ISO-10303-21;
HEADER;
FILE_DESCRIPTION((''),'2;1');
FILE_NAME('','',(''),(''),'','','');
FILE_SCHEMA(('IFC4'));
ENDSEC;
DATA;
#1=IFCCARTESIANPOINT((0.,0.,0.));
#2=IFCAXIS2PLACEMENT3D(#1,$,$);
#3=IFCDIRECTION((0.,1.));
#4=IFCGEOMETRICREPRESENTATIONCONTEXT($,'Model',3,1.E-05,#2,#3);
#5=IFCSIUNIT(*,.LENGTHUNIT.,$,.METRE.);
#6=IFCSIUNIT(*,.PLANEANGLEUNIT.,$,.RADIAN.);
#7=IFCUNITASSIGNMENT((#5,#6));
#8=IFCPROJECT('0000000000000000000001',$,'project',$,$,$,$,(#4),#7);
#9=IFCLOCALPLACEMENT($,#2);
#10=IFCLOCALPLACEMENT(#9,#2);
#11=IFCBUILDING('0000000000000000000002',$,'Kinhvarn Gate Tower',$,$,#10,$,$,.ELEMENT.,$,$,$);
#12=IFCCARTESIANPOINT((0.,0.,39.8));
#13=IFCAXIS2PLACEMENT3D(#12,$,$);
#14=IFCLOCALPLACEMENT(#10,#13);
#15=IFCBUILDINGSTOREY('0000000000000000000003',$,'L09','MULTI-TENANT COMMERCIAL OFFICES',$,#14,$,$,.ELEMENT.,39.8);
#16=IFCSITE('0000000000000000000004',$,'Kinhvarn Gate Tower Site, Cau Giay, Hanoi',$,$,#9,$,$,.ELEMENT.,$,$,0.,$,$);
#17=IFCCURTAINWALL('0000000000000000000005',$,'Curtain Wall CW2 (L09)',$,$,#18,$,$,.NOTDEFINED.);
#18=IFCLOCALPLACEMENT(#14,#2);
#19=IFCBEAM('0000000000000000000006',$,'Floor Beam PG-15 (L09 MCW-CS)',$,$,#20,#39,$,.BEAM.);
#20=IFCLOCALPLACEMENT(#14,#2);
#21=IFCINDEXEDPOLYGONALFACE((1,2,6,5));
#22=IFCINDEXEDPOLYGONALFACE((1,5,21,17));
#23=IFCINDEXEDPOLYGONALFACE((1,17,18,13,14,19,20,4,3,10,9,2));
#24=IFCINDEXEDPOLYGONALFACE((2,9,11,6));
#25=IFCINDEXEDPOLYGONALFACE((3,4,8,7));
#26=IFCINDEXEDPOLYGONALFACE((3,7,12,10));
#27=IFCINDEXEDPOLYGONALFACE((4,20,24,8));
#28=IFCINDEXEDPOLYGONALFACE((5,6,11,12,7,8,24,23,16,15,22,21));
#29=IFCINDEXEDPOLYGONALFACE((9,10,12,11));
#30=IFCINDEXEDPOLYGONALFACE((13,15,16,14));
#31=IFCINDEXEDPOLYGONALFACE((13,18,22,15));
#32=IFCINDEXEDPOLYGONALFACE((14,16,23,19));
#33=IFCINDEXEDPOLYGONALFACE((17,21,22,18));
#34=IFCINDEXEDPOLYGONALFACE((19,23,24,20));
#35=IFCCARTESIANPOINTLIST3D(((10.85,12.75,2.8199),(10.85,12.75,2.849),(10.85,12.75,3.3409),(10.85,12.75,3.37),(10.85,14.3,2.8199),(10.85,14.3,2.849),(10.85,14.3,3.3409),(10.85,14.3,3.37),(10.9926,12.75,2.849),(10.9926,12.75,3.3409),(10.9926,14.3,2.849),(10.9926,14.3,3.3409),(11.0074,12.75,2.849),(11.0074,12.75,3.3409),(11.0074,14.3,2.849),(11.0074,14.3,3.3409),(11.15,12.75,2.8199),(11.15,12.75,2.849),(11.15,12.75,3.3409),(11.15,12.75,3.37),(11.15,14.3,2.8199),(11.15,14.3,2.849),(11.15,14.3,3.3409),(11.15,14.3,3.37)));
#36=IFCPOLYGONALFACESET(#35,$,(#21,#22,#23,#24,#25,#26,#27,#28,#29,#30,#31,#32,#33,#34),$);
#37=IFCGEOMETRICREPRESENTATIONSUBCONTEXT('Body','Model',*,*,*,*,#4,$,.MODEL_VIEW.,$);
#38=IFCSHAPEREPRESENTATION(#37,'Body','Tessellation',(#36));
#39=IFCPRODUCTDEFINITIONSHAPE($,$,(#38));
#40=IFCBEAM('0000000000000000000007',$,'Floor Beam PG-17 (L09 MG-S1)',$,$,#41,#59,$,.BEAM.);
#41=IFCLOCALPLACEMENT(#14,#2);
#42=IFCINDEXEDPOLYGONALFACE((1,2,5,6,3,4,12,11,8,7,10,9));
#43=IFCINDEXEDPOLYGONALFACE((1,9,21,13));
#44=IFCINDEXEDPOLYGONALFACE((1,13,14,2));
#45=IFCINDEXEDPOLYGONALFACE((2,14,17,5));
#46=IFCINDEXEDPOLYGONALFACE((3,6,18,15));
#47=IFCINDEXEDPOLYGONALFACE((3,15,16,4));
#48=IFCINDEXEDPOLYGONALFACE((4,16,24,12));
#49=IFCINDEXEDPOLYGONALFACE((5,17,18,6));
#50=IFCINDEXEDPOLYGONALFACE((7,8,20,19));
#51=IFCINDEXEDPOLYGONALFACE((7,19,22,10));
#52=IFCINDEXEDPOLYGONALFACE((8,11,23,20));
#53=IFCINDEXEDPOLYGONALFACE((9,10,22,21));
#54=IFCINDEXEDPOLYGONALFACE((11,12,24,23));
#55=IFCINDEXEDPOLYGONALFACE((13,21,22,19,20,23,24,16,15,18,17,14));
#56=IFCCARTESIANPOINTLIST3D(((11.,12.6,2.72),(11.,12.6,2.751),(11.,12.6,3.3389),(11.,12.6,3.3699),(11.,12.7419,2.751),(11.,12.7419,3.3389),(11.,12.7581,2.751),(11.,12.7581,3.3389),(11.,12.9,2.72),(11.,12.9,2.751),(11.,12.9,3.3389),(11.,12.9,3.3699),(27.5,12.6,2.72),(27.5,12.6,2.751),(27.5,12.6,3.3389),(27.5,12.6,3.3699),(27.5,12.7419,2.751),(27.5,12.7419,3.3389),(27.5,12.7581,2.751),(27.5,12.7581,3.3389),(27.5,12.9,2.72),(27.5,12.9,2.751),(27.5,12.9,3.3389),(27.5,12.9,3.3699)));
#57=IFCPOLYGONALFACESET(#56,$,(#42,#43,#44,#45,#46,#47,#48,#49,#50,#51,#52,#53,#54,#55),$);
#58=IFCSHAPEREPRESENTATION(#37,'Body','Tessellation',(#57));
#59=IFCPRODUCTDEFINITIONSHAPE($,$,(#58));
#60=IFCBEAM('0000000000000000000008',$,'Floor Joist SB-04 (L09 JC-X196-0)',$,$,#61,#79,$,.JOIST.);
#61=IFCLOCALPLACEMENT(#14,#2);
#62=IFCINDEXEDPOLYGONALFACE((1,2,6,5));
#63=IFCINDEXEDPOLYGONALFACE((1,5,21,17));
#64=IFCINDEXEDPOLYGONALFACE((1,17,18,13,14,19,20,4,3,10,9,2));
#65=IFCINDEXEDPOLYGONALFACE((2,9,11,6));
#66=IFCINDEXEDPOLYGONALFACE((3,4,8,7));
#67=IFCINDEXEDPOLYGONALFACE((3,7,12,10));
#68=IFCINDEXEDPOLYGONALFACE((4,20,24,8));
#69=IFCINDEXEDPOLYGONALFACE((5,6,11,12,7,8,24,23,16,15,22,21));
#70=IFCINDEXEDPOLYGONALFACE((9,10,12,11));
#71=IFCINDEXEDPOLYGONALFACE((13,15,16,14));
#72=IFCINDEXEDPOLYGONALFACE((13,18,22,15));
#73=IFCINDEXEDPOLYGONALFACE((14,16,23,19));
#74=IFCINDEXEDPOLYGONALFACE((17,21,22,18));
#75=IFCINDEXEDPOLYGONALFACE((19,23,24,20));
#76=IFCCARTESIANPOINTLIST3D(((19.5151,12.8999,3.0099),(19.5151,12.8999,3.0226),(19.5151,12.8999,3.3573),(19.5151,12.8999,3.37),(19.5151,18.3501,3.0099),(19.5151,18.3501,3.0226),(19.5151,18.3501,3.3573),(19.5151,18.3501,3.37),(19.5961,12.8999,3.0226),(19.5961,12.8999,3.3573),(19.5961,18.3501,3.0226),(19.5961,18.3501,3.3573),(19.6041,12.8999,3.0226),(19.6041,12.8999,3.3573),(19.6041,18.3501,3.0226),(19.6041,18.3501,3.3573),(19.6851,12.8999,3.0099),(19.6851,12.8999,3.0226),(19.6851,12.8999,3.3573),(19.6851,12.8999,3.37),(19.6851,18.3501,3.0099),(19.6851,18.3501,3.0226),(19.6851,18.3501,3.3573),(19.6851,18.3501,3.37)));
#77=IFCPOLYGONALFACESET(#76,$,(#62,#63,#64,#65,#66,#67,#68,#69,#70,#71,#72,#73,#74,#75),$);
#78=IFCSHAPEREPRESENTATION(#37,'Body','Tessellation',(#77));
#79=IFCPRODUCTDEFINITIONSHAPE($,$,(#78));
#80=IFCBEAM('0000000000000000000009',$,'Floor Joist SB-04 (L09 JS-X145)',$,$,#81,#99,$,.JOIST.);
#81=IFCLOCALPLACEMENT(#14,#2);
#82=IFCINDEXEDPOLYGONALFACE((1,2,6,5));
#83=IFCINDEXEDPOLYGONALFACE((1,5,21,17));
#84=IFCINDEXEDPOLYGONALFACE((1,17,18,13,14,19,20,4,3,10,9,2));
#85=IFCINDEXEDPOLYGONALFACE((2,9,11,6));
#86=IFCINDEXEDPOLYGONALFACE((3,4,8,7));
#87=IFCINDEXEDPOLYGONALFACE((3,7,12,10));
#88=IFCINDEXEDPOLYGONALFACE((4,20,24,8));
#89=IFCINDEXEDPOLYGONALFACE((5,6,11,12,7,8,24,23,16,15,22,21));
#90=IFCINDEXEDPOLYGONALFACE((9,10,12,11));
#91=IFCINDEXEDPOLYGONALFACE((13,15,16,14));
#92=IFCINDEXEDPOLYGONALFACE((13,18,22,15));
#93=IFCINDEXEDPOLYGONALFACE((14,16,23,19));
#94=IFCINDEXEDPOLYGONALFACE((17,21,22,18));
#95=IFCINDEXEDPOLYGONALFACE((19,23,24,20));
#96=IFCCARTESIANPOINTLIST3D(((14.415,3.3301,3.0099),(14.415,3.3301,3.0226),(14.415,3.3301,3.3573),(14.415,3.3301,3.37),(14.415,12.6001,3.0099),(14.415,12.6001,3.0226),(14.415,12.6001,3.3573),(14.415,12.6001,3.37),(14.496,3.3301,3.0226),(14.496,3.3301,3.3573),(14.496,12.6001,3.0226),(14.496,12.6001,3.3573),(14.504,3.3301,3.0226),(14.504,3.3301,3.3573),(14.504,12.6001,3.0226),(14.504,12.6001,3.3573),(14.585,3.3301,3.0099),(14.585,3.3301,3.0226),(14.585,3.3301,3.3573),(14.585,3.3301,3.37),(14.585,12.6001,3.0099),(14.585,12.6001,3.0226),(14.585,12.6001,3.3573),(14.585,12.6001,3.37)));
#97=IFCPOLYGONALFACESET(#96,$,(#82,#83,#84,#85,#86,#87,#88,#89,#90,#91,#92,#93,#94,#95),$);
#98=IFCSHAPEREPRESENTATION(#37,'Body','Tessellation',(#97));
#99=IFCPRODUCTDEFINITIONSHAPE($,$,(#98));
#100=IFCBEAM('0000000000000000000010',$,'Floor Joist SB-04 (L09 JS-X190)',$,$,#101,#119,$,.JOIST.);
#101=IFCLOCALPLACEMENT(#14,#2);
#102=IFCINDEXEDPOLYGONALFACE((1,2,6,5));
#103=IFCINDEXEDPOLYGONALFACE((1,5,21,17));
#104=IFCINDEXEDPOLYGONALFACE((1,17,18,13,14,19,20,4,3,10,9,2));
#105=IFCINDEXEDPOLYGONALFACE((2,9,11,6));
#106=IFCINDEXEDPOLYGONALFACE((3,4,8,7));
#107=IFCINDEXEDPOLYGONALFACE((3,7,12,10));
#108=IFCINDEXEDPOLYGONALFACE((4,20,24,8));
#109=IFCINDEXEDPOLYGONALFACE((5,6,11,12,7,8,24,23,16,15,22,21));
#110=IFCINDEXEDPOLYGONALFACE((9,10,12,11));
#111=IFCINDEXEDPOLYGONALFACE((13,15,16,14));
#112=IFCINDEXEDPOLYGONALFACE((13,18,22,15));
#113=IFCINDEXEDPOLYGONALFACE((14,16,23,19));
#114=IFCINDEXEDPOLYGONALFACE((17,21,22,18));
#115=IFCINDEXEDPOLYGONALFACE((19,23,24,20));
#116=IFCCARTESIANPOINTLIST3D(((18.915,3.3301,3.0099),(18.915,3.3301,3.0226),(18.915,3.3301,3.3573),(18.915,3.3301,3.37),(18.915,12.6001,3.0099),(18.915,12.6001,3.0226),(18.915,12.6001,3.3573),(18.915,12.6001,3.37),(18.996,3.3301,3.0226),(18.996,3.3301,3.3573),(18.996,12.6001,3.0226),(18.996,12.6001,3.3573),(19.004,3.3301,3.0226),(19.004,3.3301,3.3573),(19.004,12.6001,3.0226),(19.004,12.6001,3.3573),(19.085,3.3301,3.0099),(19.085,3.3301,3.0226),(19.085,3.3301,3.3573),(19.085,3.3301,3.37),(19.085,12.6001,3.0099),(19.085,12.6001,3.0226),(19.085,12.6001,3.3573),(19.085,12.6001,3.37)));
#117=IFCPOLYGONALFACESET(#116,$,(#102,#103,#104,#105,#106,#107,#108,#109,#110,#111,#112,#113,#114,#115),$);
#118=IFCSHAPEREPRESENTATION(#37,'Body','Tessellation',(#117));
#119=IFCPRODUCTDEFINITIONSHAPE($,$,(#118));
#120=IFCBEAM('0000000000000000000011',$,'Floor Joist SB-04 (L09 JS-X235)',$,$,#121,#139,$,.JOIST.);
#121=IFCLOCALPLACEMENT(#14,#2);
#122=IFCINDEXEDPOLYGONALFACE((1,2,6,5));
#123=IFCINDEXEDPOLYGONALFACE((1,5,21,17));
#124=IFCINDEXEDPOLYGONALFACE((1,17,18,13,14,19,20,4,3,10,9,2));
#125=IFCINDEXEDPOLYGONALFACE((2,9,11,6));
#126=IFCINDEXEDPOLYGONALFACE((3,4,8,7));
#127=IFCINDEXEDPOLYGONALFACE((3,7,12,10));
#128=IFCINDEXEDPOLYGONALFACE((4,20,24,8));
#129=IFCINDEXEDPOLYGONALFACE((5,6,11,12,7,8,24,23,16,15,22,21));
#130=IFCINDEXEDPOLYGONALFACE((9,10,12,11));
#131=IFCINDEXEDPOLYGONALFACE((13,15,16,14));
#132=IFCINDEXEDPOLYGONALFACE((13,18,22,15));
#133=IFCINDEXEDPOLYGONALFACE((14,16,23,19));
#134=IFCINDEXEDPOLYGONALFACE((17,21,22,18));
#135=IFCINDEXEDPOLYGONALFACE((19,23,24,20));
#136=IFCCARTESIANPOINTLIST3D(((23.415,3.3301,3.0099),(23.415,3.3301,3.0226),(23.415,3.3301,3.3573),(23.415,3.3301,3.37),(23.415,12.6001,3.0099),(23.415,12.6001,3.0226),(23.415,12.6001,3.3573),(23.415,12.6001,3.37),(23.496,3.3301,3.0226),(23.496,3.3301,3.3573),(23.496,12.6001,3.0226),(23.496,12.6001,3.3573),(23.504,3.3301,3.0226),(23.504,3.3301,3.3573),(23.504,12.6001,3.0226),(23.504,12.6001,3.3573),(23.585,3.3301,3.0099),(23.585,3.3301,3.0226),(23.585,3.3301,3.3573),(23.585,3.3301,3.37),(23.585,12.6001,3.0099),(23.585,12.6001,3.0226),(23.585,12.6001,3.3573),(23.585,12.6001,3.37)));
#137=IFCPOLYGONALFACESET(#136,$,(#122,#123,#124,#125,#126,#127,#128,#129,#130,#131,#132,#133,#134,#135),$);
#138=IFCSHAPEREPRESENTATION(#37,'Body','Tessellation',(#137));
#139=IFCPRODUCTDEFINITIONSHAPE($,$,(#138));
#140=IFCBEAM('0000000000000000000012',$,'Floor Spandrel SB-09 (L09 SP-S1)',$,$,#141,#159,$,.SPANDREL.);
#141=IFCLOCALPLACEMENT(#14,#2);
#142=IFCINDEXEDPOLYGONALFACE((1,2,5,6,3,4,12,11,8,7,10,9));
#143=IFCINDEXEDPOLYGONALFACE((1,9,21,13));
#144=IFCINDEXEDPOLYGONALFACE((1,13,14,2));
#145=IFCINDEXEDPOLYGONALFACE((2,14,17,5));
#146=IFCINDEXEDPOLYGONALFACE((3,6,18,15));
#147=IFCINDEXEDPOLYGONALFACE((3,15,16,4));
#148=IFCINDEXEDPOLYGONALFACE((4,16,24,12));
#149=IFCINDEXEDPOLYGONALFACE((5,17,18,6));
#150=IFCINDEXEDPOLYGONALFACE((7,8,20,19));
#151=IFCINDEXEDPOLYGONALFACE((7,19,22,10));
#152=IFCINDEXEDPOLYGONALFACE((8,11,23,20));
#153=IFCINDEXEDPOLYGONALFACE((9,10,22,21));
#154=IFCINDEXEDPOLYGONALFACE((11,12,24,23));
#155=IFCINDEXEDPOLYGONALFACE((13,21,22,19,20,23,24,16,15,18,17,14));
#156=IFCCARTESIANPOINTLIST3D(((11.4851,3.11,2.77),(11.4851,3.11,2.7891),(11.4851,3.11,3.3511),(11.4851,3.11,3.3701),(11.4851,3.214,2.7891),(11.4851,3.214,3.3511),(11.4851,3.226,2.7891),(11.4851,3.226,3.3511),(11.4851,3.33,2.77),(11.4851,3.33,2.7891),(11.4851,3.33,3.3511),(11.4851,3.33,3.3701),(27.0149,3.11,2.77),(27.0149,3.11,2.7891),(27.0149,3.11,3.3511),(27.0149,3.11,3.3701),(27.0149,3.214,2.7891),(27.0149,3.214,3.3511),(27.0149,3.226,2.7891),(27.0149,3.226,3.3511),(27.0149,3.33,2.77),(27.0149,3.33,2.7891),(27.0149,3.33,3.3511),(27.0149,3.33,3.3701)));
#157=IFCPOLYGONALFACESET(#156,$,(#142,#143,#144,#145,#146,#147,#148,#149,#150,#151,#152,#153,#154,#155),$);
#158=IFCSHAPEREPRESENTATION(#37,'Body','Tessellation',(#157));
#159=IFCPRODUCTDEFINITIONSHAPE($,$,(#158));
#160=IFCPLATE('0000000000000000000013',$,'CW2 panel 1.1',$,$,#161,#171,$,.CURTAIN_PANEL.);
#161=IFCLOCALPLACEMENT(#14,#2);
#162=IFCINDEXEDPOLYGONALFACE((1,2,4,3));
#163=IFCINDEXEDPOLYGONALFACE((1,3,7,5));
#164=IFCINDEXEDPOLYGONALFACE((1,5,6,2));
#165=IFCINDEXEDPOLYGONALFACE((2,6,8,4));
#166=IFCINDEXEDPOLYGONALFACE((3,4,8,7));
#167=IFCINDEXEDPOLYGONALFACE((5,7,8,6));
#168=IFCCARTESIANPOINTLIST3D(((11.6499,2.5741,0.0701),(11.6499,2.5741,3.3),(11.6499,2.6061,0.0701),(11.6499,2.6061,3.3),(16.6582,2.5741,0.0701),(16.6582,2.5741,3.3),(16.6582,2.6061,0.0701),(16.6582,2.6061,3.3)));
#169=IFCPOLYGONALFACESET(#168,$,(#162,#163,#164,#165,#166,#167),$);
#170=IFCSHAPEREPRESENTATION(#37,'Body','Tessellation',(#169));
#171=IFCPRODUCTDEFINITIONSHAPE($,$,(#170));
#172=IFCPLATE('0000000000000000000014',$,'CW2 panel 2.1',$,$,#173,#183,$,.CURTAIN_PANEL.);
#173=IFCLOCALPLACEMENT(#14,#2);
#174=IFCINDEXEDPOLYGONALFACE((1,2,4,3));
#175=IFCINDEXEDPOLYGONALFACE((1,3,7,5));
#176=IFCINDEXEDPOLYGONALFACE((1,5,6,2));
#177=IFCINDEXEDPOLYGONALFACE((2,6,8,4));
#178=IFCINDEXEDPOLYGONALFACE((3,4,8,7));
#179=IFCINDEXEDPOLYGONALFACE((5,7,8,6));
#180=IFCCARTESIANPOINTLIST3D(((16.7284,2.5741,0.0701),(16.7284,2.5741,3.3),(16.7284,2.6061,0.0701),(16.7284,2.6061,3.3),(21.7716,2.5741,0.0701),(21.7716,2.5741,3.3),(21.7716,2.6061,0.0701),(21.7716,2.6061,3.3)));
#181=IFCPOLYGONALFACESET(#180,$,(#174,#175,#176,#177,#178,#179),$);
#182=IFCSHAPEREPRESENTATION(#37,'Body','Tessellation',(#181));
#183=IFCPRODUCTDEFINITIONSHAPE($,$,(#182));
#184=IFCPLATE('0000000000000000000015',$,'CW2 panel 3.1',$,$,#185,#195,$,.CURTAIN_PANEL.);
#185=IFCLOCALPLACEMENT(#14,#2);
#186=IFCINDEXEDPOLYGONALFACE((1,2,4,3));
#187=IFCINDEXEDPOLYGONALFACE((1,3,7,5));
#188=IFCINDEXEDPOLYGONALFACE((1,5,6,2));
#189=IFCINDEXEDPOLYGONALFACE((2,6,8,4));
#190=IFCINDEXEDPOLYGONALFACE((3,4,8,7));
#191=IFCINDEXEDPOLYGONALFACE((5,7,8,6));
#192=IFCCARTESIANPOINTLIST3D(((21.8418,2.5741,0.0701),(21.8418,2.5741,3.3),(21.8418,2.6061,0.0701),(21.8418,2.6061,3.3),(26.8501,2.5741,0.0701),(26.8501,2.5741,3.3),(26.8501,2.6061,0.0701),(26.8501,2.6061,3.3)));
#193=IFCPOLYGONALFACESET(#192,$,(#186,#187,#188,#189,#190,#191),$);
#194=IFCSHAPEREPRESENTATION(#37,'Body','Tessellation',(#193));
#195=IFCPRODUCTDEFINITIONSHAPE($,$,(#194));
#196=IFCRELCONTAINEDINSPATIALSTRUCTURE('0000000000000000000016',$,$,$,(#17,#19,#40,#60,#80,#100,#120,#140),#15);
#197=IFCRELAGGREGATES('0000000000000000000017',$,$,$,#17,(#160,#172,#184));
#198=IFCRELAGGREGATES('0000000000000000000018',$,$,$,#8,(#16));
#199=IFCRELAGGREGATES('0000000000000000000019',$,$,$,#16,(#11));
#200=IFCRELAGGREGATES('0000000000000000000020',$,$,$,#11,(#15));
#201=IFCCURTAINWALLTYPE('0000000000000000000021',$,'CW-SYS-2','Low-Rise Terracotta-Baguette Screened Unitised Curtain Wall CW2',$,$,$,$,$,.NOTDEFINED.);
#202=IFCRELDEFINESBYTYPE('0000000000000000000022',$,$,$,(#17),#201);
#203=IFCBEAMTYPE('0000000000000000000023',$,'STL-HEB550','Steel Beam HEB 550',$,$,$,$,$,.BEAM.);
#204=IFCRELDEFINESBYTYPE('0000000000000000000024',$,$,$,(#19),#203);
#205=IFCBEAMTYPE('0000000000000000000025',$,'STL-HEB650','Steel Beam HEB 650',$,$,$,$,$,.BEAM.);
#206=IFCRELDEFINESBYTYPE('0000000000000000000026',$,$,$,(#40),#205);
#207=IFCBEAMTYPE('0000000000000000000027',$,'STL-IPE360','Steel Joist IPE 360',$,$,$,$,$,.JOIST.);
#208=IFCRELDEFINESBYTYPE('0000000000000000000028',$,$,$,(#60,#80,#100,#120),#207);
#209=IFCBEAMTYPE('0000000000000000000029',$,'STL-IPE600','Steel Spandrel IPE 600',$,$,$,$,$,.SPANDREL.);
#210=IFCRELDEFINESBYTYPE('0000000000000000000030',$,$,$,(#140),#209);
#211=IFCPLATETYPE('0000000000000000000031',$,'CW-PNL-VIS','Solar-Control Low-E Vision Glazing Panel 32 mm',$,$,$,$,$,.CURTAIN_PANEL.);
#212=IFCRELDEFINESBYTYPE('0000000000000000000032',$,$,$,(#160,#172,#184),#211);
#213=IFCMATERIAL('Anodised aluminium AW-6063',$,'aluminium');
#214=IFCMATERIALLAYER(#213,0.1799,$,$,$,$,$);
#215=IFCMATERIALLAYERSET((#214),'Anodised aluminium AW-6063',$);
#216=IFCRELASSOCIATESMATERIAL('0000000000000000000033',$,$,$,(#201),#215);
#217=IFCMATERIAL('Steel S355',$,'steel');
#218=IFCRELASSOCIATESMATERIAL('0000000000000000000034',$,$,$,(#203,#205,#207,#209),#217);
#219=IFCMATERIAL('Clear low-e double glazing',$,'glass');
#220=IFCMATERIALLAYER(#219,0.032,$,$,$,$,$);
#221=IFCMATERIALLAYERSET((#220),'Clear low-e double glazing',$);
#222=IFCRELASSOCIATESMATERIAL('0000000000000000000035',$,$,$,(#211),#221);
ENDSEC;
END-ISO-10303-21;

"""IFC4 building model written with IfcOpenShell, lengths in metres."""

from ifc_helpers import new_model, si_unit, direction, frame, origin, origin_2d, place, context, subcontext, project, spatial, rectangle, i_section, extrude, material, layer, layer_set, material_profile, profile_set, type_object, element, aggregate, save


model = new_model("IFC4")

# Units and contexts
model_context = context("Model", 3, precision=1e-05, world=origin(), true_north=direction((0.0, 1.0)))
body_context = subcontext(model_context, "Body", "Model", "MODEL_VIEW")
ifc_project = project(units=[si_unit("LENGTHUNIT", "METRE"), si_unit("PLANEANGLEUNIT", "RADIAN")], contexts=[model_context])

# Site, building, storey
site_placement = place(None, origin())
site = spatial("IfcSite", under=ifc_project, at=site_placement, Name="Kinhvarn Gate Tower Site, Cau Giay, Hanoi", CompositionType="ELEMENT", RefElevation=0.0)
building_placement = place(site_placement, origin())
building = spatial("IfcBuilding", under=site, at=building_placement, Name="Kinhvarn Gate Tower", CompositionType="ELEMENT")
storey_placement = place(building_placement, frame((0.0, 0.0, 39.8)))
storey = spatial("IfcBuildingStorey", under=building, at=storey_placement, Name="L09", Description="MULTI-TENANT COMMERCIAL OFFICES", CompositionType="ELEMENT", Elevation=39.8)

# Shared definitions
ifc_material_1 = material(Name="Anodised aluminium AW-6063", Category="aluminium")
ifc_layer_1 = layer(ifc_material_1, 0.1799)
ifc_layer_set_1 = layer_set([ifc_layer_1], Name="Anodised aluminium AW-6063")
curtain_wall_type = type_object("IfcCurtainWallType", Name="CW-SYS-2", Description="Low-Rise Terracotta-Baguette Screened Unitised Curtain Wall CW2", PredefinedType="NOTDEFINED", material=ifc_layer_set_1)

# Curtain wall
curtain_wall_1_placement = place(storey_placement, origin())
curtain_wall_1 = element("IfcCurtainWall", 1, at=curtain_wall_1_placement, inside=storey, type_object=curtain_wall_type, Name="Curtain Wall CW2 (L09)", PredefinedType="NOTDEFINED")

# Beams
ifc_material_2 = material(Name="Steel S355", Category="steel")
ifc_material_profile_1 = material_profile(ifc_material_2, i_section(OverallWidth=0.3, OverallDepth=0.55, WebThickness=0.0149, FlangeThickness=0.0291, at=origin_2d()), Name="HEB 550")
ifc_profile_set_1 = profile_set([ifc_material_profile_1], Name="Steel S355")
beam_type_1 = type_object("IfcBeamType", Name="STL-HEB550", Description="Steel Beam HEB 550", PredefinedType="BEAM", material=ifc_profile_set_1)
beam_1_placement = place(storey_placement, frame((11.0, 12.75, 3.095), z_axis=(0.0, 1.0, 0.0), x_axis=(-1.0, 0.0, 0.0)))
element("IfcBeam", 2, at=beam_1_placement, inside=storey, type_object=beam_type_1, Name="Floor Beam PG-15 (L09 MCW-CS)", PredefinedType="BEAM", context=body_context, shape_type="SweptSolid", body=[
    extrude(i_section(OverallWidth=0.3, OverallDepth=0.55, WebThickness=0.0149, FlangeThickness=0.0291, at=origin_2d()), origin(), (0.0, 0.0, 1.0), 1.55),
])
ifc_material_profile_2 = material_profile(ifc_material_2, i_section(OverallWidth=0.3, OverallDepth=0.6499, WebThickness=0.0161, FlangeThickness=0.031, at=origin_2d()), Name="HEB 650")
ifc_profile_set_2 = profile_set([ifc_material_profile_2], Name="Steel S355")
beam_type_2 = type_object("IfcBeamType", Name="STL-HEB650", Description="Steel Beam HEB 650", PredefinedType="BEAM", material=ifc_profile_set_2)
beam_2_placement = place(storey_placement, frame((11.0, 12.75, 3.0449), z_axis=(1.0, 0.0, 0.0), x_axis=(0.0, 1.0, 0.0)))
element("IfcBeam", 3, at=beam_2_placement, inside=storey, type_object=beam_type_2, Name="Floor Beam PG-17 (L09 MG-S1)", PredefinedType="BEAM", context=body_context, shape_type="SweptSolid", body=[
    extrude(i_section(OverallWidth=0.3, OverallDepth=0.6499, WebThickness=0.0161, FlangeThickness=0.031, at=origin_2d()), origin(), (0.0, 0.0, 1.0), 16.5),
])
ifc_material_profile_3 = material_profile(ifc_material_2, i_section(OverallWidth=0.1699, OverallDepth=0.3601, WebThickness=0.0081, FlangeThickness=0.0127, at=origin_2d()), Name="IPE 360")
ifc_profile_set_3 = profile_set([ifc_material_profile_3], Name="Steel S355")
beam_type_3 = type_object("IfcBeamType", Name="STL-IPE360", Description="Steel Joist IPE 360", PredefinedType="JOIST", material=ifc_profile_set_3)
beam_3_placement = place(storey_placement, frame((19.6001, 12.8999, 3.1899), z_axis=(0.0, 1.0, 0.0), x_axis=(-1.0, 0.0, 0.0)))
element("IfcBeam", 4, at=beam_3_placement, inside=storey, type_object=beam_type_3, Name="Floor Joist SB-04 (L09 JC-X196-0)", PredefinedType="JOIST", context=body_context, shape_type="SweptSolid", body=[
    extrude(i_section(OverallWidth=0.1699, OverallDepth=0.3601, WebThickness=0.0081, FlangeThickness=0.0127, at=origin_2d()), origin(), (0.0, 0.0, 1.0), 5.4502),
])
for number, where, z_axis, x_axis, name in (
    (5, (14.5, 3.3301, 3.1899), (0.0, 1.0, 0.0), (-1.0, 0.0, 0.0), "Floor Joist SB-04 (L09 JS-X145)"),
    (6, (19.0, 3.3301, 3.1899), (0.0, 1.0, 0.0), (-1.0, 0.0, 0.0), "Floor Joist SB-04 (L09 JS-X190)"),
    (7, (23.5, 3.3301, 3.1899), (0.0, 1.0, 0.0), (-1.0, 0.0, 0.0), "Floor Joist SB-04 (L09 JS-X235)"),
):
    element("IfcBeam", number, at=place(storey_placement, frame(where, z_axis=z_axis, x_axis=x_axis)), inside=storey, type_object=beam_type_3, Name=name, PredefinedType="JOIST", context=body_context, shape_type="SweptSolid", body=[
        extrude(i_section(OverallWidth=0.1699, OverallDepth=0.3601, WebThickness=0.0081, FlangeThickness=0.0127, at=origin_2d()), origin(), (0.0, 0.0, 1.0), 9.27),
    ])
ifc_material_profile_4 = material_profile(ifc_material_2, i_section(OverallWidth=0.22, OverallDepth=0.6001, WebThickness=0.012, FlangeThickness=0.019, at=origin_2d()), Name="IPE 600")
ifc_profile_set_4 = profile_set([ifc_material_profile_4], Name="Steel S355")
beam_type_4 = type_object("IfcBeamType", Name="STL-IPE600", Description="Steel Spandrel IPE 600", PredefinedType="SPANDREL", material=ifc_profile_set_4)
beam_4_placement = place(storey_placement, frame((11.4851, 3.22, 3.0701), z_axis=(1.0, 0.0, 0.0), x_axis=(0.0, 1.0, 0.0)))
element("IfcBeam", 8, at=beam_4_placement, inside=storey, type_object=beam_type_4, Name="Floor Spandrel SB-09 (L09 SP-S1)", PredefinedType="SPANDREL", context=body_context, shape_type="SweptSolid", body=[
    extrude(i_section(OverallWidth=0.22, OverallDepth=0.6001, WebThickness=0.012, FlangeThickness=0.019, at=origin_2d()), origin(), (0.0, 0.0, 1.0), 15.5298),
])

# Plates
ifc_material_3 = material(Name="Clear low-e double glazing", Category="glass")
ifc_layer_2 = layer(ifc_material_3, 0.032)
ifc_layer_set_2 = layer_set([ifc_layer_2], Name="Clear low-e double glazing")
plate_type = type_object("IfcPlateType", Name="CW-PNL-VIS", Description="Solar-Control Low-E Vision Glazing Panel 32 mm", PredefinedType="CURTAIN_PANEL", material=ifc_layer_set_2)
plate_1_placement = place(storey_placement, frame((14.1541, 2.5901, 0.0701), z_axis=(0.0, 0.0, 1.0), x_axis=(1.0, 0.0, 0.0)))
plate_1 = element("IfcPlate", 9, at=plate_1_placement, type_object=plate_type, Name="CW2 panel 1.1", PredefinedType="CURTAIN_PANEL", context=body_context, shape_type="SweptSolid", body=[
    extrude(rectangle(XDim=5.0083, YDim=0.032, at=origin_2d()), origin(), (0.0, 0.0, 1.0), 3.23),
])
plate_2_placement = place(storey_placement, frame((19.25, 2.5901, 0.0701), z_axis=(0.0, 0.0, 1.0), x_axis=(1.0, 0.0, 0.0)))
plate_2 = element("IfcPlate", 10, at=plate_2_placement, type_object=plate_type, Name="CW2 panel 2.1", PredefinedType="CURTAIN_PANEL", context=body_context, shape_type="SweptSolid", body=[
    extrude(rectangle(XDim=5.0432, YDim=0.032, at=origin_2d()), origin(), (0.0, 0.0, 1.0), 3.23),
])
plate_3_placement = place(storey_placement, frame((24.3459, 2.5901, 0.0701), z_axis=(0.0, 0.0, 1.0), x_axis=(1.0, 0.0, 0.0)))
plate_3 = element("IfcPlate", 11, at=plate_3_placement, type_object=plate_type, Name="CW2 panel 3.1", PredefinedType="CURTAIN_PANEL", context=body_context, shape_type="SweptSolid", body=[
    extrude(rectangle(XDim=5.0083, YDim=0.032, at=origin_2d()), origin(), (0.0, 0.0, 1.0), 3.23),
])
aggregate(curtain_wall_1, [plate_1, plate_2, plate_3])

save(model, "model.ifc")
